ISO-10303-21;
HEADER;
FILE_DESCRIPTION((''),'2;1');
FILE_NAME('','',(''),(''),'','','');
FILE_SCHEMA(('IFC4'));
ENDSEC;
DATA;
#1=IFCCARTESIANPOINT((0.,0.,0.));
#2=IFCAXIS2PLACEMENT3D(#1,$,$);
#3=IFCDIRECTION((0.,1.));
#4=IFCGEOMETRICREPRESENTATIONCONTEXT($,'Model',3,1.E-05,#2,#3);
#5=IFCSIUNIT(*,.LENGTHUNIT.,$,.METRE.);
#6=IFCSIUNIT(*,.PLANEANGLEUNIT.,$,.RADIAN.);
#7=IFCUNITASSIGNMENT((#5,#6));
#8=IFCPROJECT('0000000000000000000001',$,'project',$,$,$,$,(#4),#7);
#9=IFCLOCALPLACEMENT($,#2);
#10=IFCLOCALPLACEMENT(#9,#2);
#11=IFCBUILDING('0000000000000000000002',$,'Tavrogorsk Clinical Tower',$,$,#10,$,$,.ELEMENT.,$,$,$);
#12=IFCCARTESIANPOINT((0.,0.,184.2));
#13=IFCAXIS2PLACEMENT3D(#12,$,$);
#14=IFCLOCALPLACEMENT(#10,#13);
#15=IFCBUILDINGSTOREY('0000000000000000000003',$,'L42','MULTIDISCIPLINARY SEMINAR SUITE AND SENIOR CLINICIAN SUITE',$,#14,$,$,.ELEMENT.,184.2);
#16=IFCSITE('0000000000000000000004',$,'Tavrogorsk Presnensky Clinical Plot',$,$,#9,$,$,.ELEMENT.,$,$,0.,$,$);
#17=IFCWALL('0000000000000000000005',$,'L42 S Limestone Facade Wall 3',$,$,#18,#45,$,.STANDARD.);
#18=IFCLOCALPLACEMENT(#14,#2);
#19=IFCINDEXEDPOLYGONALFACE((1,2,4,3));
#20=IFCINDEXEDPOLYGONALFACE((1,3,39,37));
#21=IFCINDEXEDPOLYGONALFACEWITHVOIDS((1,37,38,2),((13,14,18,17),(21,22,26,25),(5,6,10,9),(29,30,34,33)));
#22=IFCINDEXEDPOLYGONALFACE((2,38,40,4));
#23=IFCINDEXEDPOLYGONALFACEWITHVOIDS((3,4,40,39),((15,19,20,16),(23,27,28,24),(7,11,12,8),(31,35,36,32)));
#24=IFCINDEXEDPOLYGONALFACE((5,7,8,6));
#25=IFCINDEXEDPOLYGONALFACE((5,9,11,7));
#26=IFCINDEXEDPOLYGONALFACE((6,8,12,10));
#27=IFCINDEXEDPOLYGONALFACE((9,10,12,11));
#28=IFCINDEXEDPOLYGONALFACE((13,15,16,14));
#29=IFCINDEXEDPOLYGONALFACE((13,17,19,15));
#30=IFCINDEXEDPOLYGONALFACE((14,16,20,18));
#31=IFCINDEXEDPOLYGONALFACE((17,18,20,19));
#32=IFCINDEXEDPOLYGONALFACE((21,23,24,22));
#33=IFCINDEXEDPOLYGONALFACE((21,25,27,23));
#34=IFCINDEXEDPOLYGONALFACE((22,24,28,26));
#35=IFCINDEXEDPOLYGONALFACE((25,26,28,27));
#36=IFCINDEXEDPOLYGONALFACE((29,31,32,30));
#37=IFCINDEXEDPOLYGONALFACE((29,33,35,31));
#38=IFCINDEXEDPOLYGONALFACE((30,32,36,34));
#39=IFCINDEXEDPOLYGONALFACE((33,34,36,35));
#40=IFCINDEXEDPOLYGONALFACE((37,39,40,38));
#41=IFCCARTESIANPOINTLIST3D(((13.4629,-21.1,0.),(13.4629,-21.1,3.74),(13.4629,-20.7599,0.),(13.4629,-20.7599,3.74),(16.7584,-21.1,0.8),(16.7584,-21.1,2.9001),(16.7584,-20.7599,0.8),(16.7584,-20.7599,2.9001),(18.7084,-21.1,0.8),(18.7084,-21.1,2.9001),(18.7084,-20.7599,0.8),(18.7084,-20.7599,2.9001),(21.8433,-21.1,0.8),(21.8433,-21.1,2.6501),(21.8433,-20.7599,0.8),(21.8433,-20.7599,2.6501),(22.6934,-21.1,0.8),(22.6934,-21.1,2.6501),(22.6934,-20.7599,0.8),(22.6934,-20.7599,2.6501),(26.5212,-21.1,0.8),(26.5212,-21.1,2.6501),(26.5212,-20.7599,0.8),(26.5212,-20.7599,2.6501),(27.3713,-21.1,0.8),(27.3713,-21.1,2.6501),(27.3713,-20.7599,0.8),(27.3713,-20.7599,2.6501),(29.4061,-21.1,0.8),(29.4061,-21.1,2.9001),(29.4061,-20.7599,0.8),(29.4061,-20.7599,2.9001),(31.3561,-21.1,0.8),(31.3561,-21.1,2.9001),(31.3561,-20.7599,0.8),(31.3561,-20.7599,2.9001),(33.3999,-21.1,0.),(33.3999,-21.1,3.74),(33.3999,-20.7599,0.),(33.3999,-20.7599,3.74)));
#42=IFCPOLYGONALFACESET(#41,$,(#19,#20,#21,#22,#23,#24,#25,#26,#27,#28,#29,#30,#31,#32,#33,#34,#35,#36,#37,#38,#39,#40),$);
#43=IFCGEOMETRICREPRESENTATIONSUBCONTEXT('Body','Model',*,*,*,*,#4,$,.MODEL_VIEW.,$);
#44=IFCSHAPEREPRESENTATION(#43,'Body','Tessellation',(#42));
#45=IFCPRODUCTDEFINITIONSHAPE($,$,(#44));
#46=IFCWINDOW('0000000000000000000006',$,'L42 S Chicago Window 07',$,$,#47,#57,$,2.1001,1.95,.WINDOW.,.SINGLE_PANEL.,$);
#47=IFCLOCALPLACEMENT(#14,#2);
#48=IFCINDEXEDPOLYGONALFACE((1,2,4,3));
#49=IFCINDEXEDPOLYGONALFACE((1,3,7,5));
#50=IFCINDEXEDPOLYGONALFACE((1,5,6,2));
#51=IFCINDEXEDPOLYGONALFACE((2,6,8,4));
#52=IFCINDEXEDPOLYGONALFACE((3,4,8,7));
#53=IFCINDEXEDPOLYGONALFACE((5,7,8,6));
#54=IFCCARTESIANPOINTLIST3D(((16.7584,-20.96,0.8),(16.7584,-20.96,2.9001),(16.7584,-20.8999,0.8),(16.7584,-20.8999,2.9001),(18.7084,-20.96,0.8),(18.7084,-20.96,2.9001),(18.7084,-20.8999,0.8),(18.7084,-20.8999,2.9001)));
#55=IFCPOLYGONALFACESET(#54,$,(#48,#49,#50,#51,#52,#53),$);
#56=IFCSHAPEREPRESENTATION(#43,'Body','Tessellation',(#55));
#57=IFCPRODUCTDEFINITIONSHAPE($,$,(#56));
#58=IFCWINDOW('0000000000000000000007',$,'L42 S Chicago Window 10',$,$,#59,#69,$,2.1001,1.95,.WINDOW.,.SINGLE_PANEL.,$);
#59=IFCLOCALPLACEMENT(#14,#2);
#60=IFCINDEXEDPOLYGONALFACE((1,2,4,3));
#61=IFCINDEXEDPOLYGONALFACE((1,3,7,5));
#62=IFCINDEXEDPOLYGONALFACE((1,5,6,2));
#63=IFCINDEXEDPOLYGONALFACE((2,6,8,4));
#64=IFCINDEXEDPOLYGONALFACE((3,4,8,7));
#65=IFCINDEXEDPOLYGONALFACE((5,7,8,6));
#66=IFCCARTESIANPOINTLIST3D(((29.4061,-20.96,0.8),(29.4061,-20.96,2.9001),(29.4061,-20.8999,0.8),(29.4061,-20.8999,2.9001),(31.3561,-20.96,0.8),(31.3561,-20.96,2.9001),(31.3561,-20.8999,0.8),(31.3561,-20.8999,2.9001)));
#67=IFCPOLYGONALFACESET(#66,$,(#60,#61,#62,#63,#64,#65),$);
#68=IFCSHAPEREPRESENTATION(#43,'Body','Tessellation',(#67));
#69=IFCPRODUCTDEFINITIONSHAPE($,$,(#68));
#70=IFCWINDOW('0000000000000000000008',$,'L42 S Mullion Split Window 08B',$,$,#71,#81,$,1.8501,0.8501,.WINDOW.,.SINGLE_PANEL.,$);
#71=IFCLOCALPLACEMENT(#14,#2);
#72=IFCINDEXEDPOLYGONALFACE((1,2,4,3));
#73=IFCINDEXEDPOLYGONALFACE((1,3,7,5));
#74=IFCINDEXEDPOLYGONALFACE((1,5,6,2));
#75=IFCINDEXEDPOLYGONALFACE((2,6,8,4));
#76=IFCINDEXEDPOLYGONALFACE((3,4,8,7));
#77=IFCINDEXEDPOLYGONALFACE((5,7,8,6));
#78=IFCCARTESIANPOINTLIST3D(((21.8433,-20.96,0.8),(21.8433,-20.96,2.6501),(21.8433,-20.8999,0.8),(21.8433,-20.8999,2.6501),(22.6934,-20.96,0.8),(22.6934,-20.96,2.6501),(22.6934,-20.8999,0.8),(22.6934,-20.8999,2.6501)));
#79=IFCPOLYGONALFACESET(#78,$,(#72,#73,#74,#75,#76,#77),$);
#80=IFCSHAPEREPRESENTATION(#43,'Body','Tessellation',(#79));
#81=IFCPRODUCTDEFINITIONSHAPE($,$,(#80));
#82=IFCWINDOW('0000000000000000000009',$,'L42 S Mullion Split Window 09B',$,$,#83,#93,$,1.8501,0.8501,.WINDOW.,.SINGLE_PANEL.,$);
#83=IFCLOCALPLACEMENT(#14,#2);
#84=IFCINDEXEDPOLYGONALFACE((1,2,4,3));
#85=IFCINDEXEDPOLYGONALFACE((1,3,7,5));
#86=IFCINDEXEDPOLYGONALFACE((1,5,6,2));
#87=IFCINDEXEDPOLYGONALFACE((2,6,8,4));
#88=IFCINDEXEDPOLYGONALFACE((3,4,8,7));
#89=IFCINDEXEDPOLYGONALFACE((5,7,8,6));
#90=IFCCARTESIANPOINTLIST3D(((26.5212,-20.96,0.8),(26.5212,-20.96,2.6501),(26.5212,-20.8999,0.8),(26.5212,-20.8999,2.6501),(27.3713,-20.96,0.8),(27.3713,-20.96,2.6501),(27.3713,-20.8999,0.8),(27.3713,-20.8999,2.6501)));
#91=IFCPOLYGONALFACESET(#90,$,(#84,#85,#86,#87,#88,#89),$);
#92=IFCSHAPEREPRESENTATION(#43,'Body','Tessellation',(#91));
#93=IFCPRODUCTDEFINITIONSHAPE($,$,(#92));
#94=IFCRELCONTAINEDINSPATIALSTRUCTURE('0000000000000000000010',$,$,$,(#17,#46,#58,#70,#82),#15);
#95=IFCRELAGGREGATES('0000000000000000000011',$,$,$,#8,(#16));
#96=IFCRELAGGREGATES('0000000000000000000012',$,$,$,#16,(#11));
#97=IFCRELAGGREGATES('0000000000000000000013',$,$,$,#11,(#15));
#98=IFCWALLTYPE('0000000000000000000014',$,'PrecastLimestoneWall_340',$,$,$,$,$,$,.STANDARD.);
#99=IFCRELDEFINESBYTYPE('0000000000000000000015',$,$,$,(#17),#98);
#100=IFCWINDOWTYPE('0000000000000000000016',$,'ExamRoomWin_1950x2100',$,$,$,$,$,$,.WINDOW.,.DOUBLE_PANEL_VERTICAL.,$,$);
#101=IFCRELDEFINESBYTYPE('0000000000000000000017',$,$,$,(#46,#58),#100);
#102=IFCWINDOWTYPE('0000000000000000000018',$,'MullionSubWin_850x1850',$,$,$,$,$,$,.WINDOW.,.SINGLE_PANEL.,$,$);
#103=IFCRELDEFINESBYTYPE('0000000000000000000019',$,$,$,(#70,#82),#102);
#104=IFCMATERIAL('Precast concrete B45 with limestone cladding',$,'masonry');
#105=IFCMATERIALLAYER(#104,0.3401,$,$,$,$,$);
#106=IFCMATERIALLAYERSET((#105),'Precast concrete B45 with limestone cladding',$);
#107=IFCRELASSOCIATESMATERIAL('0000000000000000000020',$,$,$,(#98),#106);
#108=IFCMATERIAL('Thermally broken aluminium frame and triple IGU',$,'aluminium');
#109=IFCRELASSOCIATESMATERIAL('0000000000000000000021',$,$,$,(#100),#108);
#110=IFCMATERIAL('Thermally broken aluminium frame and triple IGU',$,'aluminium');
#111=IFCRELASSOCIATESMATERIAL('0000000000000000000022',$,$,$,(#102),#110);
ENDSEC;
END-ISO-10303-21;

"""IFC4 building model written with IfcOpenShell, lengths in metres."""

from ifc_helpers import new_model, si_unit, direction, frame, frame_2d, origin, place, context, subcontext, project, spatial, rectangle, extrude, material, layer, layer_set, type_object, element, fill, save


model = new_model("IFC4")

# Units and contexts
model_context = context("Model", 3, precision=1e-05, world=origin(), true_north=direction((0.0, 1.0)))
body_context = subcontext(model_context, "Body", "Model", "MODEL_VIEW")
ifc_project = project(units=[si_unit("LENGTHUNIT", "METRE"), si_unit("PLANEANGLEUNIT", "RADIAN")], contexts=[model_context])

# Site, building, storey
site_placement = place(None, origin())
site = spatial("IfcSite", under=ifc_project, at=site_placement, Name="Tavrogorsk Presnensky Clinical Plot", CompositionType="ELEMENT", RefElevation=0.0)
building_placement = place(site_placement, origin())
building = spatial("IfcBuilding", under=site, at=building_placement, Name="Tavrogorsk Clinical Tower", CompositionType="ELEMENT")
storey_placement = place(building_placement, frame((0.0, 0.0, 184.2)))
storey = spatial("IfcBuildingStorey", under=building, at=storey_placement, Name="L42", Description="MULTIDISCIPLINARY SEMINAR SUITE AND SENIOR CLINICIAN SUITE", CompositionType="ELEMENT", Elevation=184.2)

# Wall, openings, windows
ifc_material_1 = material(Name="Precast concrete B45 with limestone cladding", Category="masonry")
ifc_layer_1 = layer(ifc_material_1, 0.3401)
ifc_layer_set_1 = layer_set([ifc_layer_1], Name="Precast concrete B45 with limestone cladding")
wall_type_1 = type_object("IfcWallType", Name="PrecastLimestoneWall_340", PredefinedType="STANDARD", material=ifc_layer_set_1)
wall_1_placement = place(storey_placement, frame((13.4629, -20.9299, 0.0), z_axis=(0.0, 0.0, 1.0), x_axis=(1.0, 0.0, 0.0)))
wall_1 = element("IfcWall", 1, at=wall_1_placement, inside=storey, type_object=wall_type_1, Name="L42 S Limestone Facade Wall 3", PredefinedType="STANDARD", context=body_context, shape_type="SweptSolid", body=[
    extrude(rectangle(XDim=19.937, YDim=0.3401, at=frame_2d((9.9685, 0.0))), origin(), (0.0, 0.0, 1.0), 3.74),
])
opening_1_placement = place(wall_1_placement, frame((3.2954, 0.0, 0.8)))
opening_1 = element("IfcOpeningElement", 2, at=opening_1_placement, cuts=wall_1, PredefinedType="OPENING", context=body_context, shape_type="SweptSolid", body=[
    extrude(rectangle(XDim=1.95, YDim=2.1001, at=frame_2d((0.9751, 1.05))), frame((0.0, 0.1799, 0.0), z_axis=(0.0, -1.0, 0.0), x_axis=(1.0, 0.0, 0.0)), (0.0, 0.0, 1.0), 0.3601),
])
opening_2_placement = place(wall_1_placement, frame((8.3804, 0.0, 0.8)))
opening_2 = element("IfcOpeningElement", 3, at=opening_2_placement, cuts=wall_1, PredefinedType="OPENING", context=body_context, shape_type="SweptSolid", body=[
    extrude(rectangle(XDim=0.8501, YDim=1.8501, at=frame_2d((0.425, 0.925))), frame((0.0, 0.1799, 0.0), z_axis=(0.0, -1.0, 0.0), x_axis=(1.0, 0.0, 0.0)), (0.0, 0.0, 1.0), 0.3601),
])
opening_3_placement = place(wall_1_placement, frame((13.0583, 0.0, 0.8)))
opening_3 = element("IfcOpeningElement", 4, at=opening_3_placement, cuts=wall_1, PredefinedType="OPENING", context=body_context, shape_type="SweptSolid", body=[
    extrude(rectangle(XDim=0.8501, YDim=1.8501, at=frame_2d((0.425, 0.925))), frame((0.0, 0.1799, 0.0), z_axis=(0.0, -1.0, 0.0), x_axis=(1.0, 0.0, 0.0)), (0.0, 0.0, 1.0), 0.3601),
])
opening_4_placement = place(wall_1_placement, frame((15.9431, 0.0, 0.8)))
opening_4 = element("IfcOpeningElement", 5, at=opening_4_placement, cuts=wall_1, PredefinedType="OPENING", context=body_context, shape_type="SweptSolid", body=[
    extrude(rectangle(XDim=1.95, YDim=2.1001, at=frame_2d((0.9751, 1.05))), frame((0.0, 0.1799, 0.0), z_axis=(0.0, -1.0, 0.0), x_axis=(1.0, 0.0, 0.0)), (0.0, 0.0, 1.0), 0.3601),
])
ifc_material_2 = material(Name="Thermally broken aluminium frame and triple IGU", Category="aluminium")
window_type_1 = type_object("IfcWindowType", Name="ExamRoomWin_1950x2100", PartitioningType="DOUBLE_PANEL_VERTICAL", PredefinedType="WINDOW", material=ifc_material_2)
window_1_placement = place(opening_1_placement, origin())
window_1 = element("IfcWindow", 6, at=window_1_placement, inside=storey, type_object=window_type_1, Name="L42 S Chicago Window 07", OverallHeight=2.1001, OverallWidth=1.95, PartitioningType="SINGLE_PANEL", PredefinedType="WINDOW", context=body_context, shape_type="SweptSolid", body=[
    extrude(rectangle(XDim=1.95, YDim=2.1001, at=frame_2d((0.9751, 1.05))), frame((0.0, 0.03, 0.0), z_axis=(0.0, -1.0, 0.0), x_axis=(1.0, 0.0, 0.0)), (0.0, 0.0, 1.0), 0.0601),
])
fill(opening_1, window_1)
window_2_placement = place(opening_4_placement, origin())
window_2 = element("IfcWindow", 7, at=window_2_placement, inside=storey, type_object=window_type_1, Name="L42 S Chicago Window 10", OverallHeight=2.1001, OverallWidth=1.95, PartitioningType="SINGLE_PANEL", PredefinedType="WINDOW", context=body_context, shape_type="SweptSolid", body=[
    extrude(rectangle(XDim=1.95, YDim=2.1001, at=frame_2d((0.9751, 1.05))), frame((0.0, 0.03, 0.0), z_axis=(0.0, -1.0, 0.0), x_axis=(1.0, 0.0, 0.0)), (0.0, 0.0, 1.0), 0.0601),
])
fill(opening_4, window_2)
ifc_material_3 = material(Name="Thermally broken aluminium frame and triple IGU", Category="aluminium")
window_type_2 = type_object("IfcWindowType", Name="MullionSubWin_850x1850", PartitioningType="SINGLE_PANEL", PredefinedType="WINDOW", material=ifc_material_3)
window_3_placement = place(opening_2_placement, origin())
window_3 = element("IfcWindow", 8, at=window_3_placement, inside=storey, type_object=window_type_2, Name="L42 S Mullion Split Window 08B", OverallHeight=1.8501, OverallWidth=0.8501, PartitioningType="SINGLE_PANEL", PredefinedType="WINDOW", context=body_context, shape_type="SweptSolid", body=[
    extrude(rectangle(XDim=0.8501, YDim=1.8501, at=frame_2d((0.425, 0.925))), frame((0.0, 0.03, 0.0), z_axis=(0.0, -1.0, 0.0), x_axis=(1.0, 0.0, 0.0)), (0.0, 0.0, 1.0), 0.0601),
])
fill(opening_2, window_3)
window_4_placement = place(opening_3_placement, origin())
window_4 = element("IfcWindow", 9, at=window_4_placement, inside=storey, type_object=window_type_2, Name="L42 S Mullion Split Window 09B", OverallHeight=1.8501, OverallWidth=0.8501, PartitioningType="SINGLE_PANEL", PredefinedType="WINDOW", context=body_context, shape_type="SweptSolid", body=[
    extrude(rectangle(XDim=0.8501, YDim=1.8501, at=frame_2d((0.425, 0.925))), frame((0.0, 0.03, 0.0), z_axis=(0.0, -1.0, 0.0), x_axis=(1.0, 0.0, 0.0)), (0.0, 0.0, 1.0), 0.0601),
])
fill(opening_3, window_4)

save(model, "model.ifc")
